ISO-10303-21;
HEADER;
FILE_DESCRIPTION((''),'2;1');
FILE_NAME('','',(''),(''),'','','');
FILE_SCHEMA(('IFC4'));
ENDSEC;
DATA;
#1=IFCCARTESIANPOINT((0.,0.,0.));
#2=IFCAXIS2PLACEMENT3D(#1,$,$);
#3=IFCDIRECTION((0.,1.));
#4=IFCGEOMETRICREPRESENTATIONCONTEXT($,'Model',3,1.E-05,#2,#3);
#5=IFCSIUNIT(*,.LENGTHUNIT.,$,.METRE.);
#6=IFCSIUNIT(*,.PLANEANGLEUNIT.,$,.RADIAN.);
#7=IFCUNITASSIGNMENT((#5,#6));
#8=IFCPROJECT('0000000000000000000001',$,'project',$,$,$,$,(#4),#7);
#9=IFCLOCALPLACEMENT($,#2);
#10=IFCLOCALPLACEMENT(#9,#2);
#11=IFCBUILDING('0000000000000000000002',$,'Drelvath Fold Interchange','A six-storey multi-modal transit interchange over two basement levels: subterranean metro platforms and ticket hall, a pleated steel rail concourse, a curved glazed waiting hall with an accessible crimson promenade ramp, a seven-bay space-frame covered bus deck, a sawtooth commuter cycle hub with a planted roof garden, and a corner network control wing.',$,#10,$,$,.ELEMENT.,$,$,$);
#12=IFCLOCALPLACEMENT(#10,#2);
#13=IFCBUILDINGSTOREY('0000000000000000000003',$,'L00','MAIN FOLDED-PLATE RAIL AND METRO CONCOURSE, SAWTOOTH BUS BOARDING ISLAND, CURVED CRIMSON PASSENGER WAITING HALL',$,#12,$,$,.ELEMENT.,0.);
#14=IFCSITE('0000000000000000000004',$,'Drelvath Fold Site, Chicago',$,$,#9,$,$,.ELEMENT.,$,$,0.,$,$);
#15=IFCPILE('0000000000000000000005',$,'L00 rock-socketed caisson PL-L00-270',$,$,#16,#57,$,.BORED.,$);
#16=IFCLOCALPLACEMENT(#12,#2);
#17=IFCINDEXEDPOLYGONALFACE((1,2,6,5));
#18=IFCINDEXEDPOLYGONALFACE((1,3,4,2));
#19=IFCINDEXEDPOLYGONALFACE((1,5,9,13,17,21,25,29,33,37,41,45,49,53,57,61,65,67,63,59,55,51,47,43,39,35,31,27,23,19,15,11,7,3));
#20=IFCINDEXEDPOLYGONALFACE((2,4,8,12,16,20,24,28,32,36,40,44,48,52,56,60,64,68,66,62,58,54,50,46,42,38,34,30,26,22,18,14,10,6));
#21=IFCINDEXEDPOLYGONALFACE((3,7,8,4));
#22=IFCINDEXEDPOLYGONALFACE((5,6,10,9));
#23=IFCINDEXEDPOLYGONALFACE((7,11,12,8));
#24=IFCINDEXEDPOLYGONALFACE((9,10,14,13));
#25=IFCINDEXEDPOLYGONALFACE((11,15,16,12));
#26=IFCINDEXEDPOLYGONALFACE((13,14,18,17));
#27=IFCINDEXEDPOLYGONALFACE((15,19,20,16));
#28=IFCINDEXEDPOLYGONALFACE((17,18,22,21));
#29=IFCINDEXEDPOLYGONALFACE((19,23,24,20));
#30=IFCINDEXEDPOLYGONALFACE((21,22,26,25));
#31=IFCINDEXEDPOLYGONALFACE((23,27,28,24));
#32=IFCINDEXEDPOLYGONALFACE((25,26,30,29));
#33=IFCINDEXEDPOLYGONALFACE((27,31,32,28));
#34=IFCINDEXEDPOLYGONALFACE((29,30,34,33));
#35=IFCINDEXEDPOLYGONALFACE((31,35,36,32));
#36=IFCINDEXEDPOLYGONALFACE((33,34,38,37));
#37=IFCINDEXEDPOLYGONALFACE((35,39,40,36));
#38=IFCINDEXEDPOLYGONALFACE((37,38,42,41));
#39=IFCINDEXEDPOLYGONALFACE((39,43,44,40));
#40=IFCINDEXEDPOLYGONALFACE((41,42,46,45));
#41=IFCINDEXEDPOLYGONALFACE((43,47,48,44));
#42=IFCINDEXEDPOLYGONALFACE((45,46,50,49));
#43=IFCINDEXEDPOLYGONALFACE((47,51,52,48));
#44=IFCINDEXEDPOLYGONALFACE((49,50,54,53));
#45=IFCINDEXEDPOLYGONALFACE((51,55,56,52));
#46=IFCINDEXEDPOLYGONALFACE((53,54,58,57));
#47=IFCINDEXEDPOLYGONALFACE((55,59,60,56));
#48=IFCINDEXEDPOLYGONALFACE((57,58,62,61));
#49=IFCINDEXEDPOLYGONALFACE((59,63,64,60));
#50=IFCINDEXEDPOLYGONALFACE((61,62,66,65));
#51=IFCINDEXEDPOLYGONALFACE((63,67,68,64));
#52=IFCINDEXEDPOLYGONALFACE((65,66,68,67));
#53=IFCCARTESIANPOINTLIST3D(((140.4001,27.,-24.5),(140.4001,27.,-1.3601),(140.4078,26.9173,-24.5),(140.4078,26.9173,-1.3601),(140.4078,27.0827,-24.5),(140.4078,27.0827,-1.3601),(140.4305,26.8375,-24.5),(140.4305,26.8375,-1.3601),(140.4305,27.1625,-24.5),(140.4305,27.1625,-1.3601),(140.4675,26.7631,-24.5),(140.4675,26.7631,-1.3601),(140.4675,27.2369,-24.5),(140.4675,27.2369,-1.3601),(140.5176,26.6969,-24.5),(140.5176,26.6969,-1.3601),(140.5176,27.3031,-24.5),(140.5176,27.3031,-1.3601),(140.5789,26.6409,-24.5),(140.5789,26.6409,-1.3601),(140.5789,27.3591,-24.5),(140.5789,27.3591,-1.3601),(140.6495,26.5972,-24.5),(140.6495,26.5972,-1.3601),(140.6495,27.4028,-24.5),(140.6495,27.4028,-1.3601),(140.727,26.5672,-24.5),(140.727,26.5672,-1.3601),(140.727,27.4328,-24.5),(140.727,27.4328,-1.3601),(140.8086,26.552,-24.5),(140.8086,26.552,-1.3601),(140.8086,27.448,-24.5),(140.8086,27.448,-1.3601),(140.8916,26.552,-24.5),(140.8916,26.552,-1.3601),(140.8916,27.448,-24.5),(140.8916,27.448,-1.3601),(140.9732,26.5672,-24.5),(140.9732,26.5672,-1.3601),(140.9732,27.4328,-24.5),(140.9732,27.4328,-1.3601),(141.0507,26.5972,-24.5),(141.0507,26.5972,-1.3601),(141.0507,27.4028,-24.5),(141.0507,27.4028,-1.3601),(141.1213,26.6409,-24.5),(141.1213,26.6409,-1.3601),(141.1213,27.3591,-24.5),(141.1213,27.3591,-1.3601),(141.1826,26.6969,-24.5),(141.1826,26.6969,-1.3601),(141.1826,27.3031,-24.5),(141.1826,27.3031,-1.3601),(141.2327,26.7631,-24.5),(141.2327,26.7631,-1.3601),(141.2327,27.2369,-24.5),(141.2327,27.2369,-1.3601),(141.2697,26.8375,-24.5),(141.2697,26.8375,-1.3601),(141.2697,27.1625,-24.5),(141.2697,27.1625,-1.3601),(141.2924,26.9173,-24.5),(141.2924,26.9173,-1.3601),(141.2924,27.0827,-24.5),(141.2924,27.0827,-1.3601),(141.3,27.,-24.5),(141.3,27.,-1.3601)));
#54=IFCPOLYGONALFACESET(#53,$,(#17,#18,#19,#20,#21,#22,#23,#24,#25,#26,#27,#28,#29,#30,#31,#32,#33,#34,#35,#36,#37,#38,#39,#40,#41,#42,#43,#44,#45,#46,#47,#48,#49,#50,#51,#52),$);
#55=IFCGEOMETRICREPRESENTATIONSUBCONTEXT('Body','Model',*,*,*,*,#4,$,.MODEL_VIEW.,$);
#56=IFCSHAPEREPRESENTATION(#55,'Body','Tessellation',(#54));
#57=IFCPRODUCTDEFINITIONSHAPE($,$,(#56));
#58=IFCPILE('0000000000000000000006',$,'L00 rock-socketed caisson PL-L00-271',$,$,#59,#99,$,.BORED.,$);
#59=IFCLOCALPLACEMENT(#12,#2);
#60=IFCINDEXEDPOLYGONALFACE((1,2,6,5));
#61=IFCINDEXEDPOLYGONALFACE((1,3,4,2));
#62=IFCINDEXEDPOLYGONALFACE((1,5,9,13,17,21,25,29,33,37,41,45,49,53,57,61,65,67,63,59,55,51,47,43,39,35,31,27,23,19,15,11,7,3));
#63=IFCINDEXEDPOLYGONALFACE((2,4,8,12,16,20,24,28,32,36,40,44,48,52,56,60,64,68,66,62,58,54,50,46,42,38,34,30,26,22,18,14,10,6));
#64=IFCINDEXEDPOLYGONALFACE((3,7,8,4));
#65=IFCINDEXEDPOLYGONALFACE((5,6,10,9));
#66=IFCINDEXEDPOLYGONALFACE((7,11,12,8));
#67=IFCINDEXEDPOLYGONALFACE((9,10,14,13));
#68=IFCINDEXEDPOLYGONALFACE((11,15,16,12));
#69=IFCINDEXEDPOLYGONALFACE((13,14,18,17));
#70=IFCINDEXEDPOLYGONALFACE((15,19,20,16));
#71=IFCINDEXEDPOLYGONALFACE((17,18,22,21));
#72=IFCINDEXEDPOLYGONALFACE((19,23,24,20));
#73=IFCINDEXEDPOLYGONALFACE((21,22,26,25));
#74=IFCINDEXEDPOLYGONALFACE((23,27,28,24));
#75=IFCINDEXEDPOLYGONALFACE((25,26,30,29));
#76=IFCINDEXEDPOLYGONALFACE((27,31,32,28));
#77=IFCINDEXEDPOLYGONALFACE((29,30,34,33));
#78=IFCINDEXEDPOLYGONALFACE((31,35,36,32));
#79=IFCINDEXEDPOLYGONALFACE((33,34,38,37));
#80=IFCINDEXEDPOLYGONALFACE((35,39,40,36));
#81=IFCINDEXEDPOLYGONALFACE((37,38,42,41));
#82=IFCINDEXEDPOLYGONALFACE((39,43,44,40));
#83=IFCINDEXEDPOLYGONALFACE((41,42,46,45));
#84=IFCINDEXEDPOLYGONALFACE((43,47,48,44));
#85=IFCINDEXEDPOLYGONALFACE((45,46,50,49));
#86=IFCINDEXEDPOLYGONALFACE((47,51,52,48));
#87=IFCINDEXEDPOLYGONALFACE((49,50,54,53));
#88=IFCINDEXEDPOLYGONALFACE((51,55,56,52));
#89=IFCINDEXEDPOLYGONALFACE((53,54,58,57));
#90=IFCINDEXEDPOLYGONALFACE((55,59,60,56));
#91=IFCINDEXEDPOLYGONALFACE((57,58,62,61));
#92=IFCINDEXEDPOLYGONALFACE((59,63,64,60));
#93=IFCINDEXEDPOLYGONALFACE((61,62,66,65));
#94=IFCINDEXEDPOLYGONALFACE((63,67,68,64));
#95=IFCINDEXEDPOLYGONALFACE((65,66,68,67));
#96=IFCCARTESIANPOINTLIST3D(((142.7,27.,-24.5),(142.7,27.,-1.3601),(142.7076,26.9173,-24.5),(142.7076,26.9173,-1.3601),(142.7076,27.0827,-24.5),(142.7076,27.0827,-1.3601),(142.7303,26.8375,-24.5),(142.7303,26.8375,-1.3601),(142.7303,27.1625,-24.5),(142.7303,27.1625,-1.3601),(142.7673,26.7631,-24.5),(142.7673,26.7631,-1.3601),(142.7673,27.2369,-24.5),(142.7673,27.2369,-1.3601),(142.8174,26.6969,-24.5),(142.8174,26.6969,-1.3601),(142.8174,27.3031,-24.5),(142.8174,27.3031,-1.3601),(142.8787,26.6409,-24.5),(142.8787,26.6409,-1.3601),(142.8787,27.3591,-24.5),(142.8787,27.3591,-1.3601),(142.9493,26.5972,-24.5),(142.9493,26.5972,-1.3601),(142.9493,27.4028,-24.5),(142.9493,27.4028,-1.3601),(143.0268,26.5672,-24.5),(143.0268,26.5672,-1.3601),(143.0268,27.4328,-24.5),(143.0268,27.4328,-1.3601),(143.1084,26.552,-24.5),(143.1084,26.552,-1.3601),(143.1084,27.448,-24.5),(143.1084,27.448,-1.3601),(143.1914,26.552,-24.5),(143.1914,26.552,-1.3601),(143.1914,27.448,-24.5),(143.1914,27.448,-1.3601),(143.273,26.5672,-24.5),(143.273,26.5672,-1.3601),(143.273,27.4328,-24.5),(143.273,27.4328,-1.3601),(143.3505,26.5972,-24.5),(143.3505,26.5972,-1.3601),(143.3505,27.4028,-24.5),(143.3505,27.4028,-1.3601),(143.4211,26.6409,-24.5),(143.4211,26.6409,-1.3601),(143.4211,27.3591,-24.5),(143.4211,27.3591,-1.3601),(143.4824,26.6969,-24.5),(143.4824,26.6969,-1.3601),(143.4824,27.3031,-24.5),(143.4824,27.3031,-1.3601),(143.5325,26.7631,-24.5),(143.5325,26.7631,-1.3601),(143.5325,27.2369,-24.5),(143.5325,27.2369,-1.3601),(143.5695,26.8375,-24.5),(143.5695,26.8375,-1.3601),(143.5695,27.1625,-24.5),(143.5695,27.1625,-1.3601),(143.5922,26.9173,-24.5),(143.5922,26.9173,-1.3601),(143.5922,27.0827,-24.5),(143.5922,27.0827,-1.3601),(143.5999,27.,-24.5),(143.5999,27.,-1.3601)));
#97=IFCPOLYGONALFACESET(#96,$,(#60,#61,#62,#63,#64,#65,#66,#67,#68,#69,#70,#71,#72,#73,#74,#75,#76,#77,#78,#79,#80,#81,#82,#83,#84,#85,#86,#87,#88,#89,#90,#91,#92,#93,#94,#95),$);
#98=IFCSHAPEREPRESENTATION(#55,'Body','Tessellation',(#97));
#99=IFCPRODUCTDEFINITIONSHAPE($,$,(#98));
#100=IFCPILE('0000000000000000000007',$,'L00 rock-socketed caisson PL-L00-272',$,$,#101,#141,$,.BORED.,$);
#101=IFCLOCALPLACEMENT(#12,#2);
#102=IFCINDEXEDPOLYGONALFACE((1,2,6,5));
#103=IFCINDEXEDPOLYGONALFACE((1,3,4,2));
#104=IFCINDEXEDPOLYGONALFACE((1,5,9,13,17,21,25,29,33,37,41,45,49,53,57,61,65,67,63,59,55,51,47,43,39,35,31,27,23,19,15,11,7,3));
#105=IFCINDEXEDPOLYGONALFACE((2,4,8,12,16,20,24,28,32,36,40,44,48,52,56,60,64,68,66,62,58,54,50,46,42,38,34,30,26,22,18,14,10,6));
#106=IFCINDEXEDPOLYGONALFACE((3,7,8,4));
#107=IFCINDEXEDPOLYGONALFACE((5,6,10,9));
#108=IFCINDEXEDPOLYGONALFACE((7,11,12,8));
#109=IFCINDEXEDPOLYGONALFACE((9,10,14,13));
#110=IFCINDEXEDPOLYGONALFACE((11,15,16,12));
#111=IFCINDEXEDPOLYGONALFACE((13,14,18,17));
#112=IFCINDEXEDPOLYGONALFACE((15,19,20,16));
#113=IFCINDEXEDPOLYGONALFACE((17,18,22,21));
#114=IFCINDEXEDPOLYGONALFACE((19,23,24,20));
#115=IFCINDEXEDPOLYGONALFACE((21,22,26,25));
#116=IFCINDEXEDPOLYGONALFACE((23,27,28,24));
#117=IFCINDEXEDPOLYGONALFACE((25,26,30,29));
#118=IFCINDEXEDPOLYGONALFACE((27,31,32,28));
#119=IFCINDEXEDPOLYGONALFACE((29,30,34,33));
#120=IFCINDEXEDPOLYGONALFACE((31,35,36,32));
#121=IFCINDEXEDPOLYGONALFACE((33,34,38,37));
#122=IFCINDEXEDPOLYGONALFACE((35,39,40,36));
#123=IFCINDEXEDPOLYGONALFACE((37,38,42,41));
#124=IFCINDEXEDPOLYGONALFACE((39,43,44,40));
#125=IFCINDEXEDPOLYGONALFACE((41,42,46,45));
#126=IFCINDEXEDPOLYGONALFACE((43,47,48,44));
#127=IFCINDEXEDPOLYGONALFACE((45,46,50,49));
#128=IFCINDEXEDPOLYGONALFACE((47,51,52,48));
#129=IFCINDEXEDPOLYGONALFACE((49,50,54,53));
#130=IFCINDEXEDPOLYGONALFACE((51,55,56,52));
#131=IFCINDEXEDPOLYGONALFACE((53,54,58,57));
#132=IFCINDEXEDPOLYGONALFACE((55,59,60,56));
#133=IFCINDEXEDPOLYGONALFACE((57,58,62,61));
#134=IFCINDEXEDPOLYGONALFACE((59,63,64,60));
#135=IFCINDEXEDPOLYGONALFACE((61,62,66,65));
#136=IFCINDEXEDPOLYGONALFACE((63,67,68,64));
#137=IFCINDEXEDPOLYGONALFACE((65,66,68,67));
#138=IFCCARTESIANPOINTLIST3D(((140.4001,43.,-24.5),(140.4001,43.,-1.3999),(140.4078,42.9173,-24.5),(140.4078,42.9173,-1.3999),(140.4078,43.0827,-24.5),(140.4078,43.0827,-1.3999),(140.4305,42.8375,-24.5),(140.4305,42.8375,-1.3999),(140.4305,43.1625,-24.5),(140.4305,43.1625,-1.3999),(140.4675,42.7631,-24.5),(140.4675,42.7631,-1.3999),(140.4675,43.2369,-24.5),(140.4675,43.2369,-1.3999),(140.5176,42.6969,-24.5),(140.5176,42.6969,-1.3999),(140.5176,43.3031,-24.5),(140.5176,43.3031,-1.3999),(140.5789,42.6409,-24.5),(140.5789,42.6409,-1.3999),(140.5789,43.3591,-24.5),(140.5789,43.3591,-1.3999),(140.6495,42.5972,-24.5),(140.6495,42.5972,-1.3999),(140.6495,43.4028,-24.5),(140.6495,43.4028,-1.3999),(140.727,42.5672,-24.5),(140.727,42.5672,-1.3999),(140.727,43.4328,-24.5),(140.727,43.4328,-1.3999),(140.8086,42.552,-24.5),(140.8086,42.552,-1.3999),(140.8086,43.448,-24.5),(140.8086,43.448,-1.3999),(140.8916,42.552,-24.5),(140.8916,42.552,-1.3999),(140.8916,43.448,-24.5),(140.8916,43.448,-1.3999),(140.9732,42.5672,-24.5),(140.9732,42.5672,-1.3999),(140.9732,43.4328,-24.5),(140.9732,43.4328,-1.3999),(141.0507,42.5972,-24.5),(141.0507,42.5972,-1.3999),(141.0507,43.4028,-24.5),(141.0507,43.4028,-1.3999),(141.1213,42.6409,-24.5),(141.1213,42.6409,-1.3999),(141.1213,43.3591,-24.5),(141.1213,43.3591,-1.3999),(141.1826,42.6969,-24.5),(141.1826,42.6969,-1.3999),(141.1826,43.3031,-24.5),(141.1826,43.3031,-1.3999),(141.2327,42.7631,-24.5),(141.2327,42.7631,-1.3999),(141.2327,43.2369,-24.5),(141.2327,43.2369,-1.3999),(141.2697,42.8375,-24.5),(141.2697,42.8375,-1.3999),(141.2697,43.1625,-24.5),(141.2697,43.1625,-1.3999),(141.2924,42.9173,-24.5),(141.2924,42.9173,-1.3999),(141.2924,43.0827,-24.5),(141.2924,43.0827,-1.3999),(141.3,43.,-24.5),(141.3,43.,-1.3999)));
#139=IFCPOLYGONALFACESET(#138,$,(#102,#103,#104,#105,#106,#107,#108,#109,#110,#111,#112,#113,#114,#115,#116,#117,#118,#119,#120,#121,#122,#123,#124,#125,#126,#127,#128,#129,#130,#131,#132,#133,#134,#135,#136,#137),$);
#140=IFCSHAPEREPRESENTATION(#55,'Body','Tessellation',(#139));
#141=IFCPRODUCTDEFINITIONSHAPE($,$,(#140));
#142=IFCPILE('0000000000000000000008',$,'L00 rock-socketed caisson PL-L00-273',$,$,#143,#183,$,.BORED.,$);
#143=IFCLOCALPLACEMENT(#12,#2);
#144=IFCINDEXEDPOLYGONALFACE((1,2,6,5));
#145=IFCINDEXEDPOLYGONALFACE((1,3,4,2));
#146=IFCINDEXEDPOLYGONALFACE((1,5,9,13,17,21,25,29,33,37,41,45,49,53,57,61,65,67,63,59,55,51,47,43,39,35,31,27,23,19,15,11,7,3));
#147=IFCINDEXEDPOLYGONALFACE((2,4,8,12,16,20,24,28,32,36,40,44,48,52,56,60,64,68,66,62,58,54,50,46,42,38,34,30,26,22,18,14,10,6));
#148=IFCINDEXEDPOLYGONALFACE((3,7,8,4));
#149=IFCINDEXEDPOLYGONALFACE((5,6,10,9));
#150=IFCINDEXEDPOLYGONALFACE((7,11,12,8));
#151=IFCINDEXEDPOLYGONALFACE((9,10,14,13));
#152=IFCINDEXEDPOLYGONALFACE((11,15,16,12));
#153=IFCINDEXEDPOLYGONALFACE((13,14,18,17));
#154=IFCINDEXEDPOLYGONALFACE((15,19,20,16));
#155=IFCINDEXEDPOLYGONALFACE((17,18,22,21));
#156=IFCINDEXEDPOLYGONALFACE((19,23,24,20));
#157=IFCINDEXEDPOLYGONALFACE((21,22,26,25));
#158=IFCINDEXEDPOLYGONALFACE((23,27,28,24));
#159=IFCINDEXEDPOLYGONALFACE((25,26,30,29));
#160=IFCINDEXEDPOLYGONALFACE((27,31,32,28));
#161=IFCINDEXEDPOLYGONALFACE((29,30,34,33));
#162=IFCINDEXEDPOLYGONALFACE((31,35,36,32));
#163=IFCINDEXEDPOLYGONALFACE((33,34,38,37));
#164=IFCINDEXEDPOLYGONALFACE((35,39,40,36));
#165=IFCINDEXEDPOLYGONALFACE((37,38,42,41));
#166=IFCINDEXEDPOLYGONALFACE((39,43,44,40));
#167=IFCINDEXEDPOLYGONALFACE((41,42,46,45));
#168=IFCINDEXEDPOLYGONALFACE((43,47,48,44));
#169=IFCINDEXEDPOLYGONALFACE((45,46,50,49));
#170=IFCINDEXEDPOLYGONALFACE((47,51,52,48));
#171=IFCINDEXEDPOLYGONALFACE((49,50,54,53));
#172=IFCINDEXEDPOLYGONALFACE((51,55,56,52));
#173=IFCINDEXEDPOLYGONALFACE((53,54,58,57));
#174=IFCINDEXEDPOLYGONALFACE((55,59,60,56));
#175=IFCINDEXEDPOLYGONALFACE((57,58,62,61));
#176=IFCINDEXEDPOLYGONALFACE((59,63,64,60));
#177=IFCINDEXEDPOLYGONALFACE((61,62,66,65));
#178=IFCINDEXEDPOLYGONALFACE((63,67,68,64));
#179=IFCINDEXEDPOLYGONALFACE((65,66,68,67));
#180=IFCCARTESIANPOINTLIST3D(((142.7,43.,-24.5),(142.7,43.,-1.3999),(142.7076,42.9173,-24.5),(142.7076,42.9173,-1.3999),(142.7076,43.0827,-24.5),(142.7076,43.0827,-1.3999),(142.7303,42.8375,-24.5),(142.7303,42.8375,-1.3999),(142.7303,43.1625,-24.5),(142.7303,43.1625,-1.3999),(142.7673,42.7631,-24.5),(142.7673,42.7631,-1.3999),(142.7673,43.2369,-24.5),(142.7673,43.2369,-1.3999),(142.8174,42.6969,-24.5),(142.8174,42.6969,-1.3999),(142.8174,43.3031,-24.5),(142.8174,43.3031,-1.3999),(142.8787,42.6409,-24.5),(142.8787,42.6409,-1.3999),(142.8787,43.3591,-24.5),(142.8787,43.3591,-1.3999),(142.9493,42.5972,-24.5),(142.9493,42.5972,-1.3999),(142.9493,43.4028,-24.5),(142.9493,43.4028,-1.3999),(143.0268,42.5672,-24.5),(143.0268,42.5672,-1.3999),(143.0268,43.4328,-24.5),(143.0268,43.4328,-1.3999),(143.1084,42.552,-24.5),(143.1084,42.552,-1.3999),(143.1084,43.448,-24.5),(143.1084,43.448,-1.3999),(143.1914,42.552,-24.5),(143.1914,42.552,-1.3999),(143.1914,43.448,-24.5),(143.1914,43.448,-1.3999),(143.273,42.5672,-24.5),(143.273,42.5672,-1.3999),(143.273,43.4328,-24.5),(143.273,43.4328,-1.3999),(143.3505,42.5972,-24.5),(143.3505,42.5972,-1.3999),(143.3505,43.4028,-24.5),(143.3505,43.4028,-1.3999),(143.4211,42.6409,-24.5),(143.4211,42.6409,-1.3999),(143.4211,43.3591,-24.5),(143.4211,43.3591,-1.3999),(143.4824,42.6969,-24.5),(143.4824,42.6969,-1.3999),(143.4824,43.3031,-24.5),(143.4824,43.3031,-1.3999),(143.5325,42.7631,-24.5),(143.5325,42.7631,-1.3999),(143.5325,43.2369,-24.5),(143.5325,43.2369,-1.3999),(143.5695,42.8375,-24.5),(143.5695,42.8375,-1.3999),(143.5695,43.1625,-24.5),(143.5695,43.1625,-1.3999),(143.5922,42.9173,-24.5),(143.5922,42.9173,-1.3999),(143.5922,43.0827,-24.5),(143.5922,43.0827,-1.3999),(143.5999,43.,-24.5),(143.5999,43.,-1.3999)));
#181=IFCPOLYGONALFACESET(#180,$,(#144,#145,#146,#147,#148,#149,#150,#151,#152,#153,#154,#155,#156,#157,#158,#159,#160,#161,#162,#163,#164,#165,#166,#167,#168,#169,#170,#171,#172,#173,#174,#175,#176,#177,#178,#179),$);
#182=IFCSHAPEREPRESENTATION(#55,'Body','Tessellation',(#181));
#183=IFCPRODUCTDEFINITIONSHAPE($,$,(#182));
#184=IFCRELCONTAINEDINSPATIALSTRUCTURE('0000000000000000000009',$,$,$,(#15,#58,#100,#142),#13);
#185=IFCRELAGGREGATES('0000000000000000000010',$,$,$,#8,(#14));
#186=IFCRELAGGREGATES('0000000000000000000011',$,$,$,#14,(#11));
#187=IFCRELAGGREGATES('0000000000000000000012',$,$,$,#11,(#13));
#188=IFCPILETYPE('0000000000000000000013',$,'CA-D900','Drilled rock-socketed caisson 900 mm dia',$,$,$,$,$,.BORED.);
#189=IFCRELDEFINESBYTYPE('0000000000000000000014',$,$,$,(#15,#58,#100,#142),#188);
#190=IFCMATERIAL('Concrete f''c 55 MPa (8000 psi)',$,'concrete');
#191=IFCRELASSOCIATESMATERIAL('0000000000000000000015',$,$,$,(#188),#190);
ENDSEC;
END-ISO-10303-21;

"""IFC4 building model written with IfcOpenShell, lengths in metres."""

from ifc_helpers import new_model, si_unit, direction, frame, origin, origin_2d, place, context, subcontext, project, spatial, circle, extrude, material, material_profile, profile_set, type_object, element, save


model = new_model("IFC4")

# Units and contexts
model_context = context("Model", 3, precision=1e-05, world=origin(), true_north=direction((0.0, 1.0)))
body_context = subcontext(model_context, "Body", "Model", "MODEL_VIEW")
ifc_project = project(units=[si_unit("LENGTHUNIT", "METRE"), si_unit("PLANEANGLEUNIT", "RADIAN")], contexts=[model_context])

# Site, building, storey
site_placement = place(None, origin())
site = spatial("IfcSite", under=ifc_project, at=site_placement, Name="Drelvath Fold Site, Chicago", CompositionType="ELEMENT", RefElevation=0.0)
building_placement = place(site_placement, origin())
building = spatial("IfcBuilding", under=site, at=building_placement, Name="Drelvath Fold Interchange", Description="A six-storey multi-modal transit interchange over two basement levels: subterranean metro platforms and ticket hall, a pleated steel rail concourse, a curved glazed waiting hall with an accessible crimson promenade ramp, a seven-bay space-frame covered bus deck, a sawtooth commuter cycle hub with a planted roof garden, and a corner network control wing.", CompositionType="ELEMENT")
storey_placement = place(building_placement, origin())
storey = spatial("IfcBuildingStorey", under=building, at=storey_placement, Name="L00", Description="MAIN FOLDED-PLATE RAIL AND METRO CONCOURSE, SAWTOOTH BUS BOARDING ISLAND, CURVED CRIMSON PASSENGER WAITING HALL", CompositionType="ELEMENT", Elevation=0.0)

# Piles
ifc_material_1 = material(Name="Concrete f'c 55 MPa (8000 psi)", Category="concrete")
ifc_material_profile_1 = material_profile(ifc_material_1, circle(Radius=0.45, at=origin_2d()), Name="CAISSON D900")
ifc_profile_set_1 = profile_set([ifc_material_profile_1], Name="Concrete f'c 55 MPa (8000 psi)")
pile_type_1 = type_object("IfcPileType", Name="CA-D900", Description="Drilled rock-socketed caisson 900 mm dia", PredefinedType="BORED", material=ifc_profile_set_1)
for number, where, z_axis, x_axis, name in (
    (1, (140.8501, 27.0, -1.3601), (0.0, 0.0, -1.0), (1.0, 0.0, 0.0), "L00 rock-socketed caisson PL-L00-270"),
    (2, (143.1499, 27.0, -1.3601), (0.0, 0.0, -1.0), (1.0, 0.0, 0.0), "L00 rock-socketed caisson PL-L00-271"),
):
    element("IfcPile", number, at=place(storey_placement, frame(where, z_axis=z_axis, x_axis=x_axis)), inside=storey, type_object=pile_type_1, Name=name, PredefinedType="BORED", context=body_context, shape_type="SweptSolid", body=[
        extrude(circle(Radius=0.45, at=origin_2d()), origin(), (0.0, 0.0, 1.0), 23.1399),
    ])
for number, where, z_axis, x_axis, name in (
    (3, (140.8501, 43.0, -1.3999), (0.0, 0.0, -1.0), (1.0, 0.0, 0.0), "L00 rock-socketed caisson PL-L00-272"),
    (4, (143.1499, 43.0, -1.3999), (0.0, 0.0, -1.0), (1.0, 0.0, 0.0), "L00 rock-socketed caisson PL-L00-273"),
):
    element("IfcPile", number, at=place(storey_placement, frame(where, z_axis=z_axis, x_axis=x_axis)), inside=storey, type_object=pile_type_1, Name=name, PredefinedType="BORED", context=body_context, shape_type="SweptSolid", body=[
        extrude(circle(Radius=0.45, at=origin_2d()), origin(), (0.0, 0.0, 1.0), 23.1001),
    ])

save(model, "model.ifc")
